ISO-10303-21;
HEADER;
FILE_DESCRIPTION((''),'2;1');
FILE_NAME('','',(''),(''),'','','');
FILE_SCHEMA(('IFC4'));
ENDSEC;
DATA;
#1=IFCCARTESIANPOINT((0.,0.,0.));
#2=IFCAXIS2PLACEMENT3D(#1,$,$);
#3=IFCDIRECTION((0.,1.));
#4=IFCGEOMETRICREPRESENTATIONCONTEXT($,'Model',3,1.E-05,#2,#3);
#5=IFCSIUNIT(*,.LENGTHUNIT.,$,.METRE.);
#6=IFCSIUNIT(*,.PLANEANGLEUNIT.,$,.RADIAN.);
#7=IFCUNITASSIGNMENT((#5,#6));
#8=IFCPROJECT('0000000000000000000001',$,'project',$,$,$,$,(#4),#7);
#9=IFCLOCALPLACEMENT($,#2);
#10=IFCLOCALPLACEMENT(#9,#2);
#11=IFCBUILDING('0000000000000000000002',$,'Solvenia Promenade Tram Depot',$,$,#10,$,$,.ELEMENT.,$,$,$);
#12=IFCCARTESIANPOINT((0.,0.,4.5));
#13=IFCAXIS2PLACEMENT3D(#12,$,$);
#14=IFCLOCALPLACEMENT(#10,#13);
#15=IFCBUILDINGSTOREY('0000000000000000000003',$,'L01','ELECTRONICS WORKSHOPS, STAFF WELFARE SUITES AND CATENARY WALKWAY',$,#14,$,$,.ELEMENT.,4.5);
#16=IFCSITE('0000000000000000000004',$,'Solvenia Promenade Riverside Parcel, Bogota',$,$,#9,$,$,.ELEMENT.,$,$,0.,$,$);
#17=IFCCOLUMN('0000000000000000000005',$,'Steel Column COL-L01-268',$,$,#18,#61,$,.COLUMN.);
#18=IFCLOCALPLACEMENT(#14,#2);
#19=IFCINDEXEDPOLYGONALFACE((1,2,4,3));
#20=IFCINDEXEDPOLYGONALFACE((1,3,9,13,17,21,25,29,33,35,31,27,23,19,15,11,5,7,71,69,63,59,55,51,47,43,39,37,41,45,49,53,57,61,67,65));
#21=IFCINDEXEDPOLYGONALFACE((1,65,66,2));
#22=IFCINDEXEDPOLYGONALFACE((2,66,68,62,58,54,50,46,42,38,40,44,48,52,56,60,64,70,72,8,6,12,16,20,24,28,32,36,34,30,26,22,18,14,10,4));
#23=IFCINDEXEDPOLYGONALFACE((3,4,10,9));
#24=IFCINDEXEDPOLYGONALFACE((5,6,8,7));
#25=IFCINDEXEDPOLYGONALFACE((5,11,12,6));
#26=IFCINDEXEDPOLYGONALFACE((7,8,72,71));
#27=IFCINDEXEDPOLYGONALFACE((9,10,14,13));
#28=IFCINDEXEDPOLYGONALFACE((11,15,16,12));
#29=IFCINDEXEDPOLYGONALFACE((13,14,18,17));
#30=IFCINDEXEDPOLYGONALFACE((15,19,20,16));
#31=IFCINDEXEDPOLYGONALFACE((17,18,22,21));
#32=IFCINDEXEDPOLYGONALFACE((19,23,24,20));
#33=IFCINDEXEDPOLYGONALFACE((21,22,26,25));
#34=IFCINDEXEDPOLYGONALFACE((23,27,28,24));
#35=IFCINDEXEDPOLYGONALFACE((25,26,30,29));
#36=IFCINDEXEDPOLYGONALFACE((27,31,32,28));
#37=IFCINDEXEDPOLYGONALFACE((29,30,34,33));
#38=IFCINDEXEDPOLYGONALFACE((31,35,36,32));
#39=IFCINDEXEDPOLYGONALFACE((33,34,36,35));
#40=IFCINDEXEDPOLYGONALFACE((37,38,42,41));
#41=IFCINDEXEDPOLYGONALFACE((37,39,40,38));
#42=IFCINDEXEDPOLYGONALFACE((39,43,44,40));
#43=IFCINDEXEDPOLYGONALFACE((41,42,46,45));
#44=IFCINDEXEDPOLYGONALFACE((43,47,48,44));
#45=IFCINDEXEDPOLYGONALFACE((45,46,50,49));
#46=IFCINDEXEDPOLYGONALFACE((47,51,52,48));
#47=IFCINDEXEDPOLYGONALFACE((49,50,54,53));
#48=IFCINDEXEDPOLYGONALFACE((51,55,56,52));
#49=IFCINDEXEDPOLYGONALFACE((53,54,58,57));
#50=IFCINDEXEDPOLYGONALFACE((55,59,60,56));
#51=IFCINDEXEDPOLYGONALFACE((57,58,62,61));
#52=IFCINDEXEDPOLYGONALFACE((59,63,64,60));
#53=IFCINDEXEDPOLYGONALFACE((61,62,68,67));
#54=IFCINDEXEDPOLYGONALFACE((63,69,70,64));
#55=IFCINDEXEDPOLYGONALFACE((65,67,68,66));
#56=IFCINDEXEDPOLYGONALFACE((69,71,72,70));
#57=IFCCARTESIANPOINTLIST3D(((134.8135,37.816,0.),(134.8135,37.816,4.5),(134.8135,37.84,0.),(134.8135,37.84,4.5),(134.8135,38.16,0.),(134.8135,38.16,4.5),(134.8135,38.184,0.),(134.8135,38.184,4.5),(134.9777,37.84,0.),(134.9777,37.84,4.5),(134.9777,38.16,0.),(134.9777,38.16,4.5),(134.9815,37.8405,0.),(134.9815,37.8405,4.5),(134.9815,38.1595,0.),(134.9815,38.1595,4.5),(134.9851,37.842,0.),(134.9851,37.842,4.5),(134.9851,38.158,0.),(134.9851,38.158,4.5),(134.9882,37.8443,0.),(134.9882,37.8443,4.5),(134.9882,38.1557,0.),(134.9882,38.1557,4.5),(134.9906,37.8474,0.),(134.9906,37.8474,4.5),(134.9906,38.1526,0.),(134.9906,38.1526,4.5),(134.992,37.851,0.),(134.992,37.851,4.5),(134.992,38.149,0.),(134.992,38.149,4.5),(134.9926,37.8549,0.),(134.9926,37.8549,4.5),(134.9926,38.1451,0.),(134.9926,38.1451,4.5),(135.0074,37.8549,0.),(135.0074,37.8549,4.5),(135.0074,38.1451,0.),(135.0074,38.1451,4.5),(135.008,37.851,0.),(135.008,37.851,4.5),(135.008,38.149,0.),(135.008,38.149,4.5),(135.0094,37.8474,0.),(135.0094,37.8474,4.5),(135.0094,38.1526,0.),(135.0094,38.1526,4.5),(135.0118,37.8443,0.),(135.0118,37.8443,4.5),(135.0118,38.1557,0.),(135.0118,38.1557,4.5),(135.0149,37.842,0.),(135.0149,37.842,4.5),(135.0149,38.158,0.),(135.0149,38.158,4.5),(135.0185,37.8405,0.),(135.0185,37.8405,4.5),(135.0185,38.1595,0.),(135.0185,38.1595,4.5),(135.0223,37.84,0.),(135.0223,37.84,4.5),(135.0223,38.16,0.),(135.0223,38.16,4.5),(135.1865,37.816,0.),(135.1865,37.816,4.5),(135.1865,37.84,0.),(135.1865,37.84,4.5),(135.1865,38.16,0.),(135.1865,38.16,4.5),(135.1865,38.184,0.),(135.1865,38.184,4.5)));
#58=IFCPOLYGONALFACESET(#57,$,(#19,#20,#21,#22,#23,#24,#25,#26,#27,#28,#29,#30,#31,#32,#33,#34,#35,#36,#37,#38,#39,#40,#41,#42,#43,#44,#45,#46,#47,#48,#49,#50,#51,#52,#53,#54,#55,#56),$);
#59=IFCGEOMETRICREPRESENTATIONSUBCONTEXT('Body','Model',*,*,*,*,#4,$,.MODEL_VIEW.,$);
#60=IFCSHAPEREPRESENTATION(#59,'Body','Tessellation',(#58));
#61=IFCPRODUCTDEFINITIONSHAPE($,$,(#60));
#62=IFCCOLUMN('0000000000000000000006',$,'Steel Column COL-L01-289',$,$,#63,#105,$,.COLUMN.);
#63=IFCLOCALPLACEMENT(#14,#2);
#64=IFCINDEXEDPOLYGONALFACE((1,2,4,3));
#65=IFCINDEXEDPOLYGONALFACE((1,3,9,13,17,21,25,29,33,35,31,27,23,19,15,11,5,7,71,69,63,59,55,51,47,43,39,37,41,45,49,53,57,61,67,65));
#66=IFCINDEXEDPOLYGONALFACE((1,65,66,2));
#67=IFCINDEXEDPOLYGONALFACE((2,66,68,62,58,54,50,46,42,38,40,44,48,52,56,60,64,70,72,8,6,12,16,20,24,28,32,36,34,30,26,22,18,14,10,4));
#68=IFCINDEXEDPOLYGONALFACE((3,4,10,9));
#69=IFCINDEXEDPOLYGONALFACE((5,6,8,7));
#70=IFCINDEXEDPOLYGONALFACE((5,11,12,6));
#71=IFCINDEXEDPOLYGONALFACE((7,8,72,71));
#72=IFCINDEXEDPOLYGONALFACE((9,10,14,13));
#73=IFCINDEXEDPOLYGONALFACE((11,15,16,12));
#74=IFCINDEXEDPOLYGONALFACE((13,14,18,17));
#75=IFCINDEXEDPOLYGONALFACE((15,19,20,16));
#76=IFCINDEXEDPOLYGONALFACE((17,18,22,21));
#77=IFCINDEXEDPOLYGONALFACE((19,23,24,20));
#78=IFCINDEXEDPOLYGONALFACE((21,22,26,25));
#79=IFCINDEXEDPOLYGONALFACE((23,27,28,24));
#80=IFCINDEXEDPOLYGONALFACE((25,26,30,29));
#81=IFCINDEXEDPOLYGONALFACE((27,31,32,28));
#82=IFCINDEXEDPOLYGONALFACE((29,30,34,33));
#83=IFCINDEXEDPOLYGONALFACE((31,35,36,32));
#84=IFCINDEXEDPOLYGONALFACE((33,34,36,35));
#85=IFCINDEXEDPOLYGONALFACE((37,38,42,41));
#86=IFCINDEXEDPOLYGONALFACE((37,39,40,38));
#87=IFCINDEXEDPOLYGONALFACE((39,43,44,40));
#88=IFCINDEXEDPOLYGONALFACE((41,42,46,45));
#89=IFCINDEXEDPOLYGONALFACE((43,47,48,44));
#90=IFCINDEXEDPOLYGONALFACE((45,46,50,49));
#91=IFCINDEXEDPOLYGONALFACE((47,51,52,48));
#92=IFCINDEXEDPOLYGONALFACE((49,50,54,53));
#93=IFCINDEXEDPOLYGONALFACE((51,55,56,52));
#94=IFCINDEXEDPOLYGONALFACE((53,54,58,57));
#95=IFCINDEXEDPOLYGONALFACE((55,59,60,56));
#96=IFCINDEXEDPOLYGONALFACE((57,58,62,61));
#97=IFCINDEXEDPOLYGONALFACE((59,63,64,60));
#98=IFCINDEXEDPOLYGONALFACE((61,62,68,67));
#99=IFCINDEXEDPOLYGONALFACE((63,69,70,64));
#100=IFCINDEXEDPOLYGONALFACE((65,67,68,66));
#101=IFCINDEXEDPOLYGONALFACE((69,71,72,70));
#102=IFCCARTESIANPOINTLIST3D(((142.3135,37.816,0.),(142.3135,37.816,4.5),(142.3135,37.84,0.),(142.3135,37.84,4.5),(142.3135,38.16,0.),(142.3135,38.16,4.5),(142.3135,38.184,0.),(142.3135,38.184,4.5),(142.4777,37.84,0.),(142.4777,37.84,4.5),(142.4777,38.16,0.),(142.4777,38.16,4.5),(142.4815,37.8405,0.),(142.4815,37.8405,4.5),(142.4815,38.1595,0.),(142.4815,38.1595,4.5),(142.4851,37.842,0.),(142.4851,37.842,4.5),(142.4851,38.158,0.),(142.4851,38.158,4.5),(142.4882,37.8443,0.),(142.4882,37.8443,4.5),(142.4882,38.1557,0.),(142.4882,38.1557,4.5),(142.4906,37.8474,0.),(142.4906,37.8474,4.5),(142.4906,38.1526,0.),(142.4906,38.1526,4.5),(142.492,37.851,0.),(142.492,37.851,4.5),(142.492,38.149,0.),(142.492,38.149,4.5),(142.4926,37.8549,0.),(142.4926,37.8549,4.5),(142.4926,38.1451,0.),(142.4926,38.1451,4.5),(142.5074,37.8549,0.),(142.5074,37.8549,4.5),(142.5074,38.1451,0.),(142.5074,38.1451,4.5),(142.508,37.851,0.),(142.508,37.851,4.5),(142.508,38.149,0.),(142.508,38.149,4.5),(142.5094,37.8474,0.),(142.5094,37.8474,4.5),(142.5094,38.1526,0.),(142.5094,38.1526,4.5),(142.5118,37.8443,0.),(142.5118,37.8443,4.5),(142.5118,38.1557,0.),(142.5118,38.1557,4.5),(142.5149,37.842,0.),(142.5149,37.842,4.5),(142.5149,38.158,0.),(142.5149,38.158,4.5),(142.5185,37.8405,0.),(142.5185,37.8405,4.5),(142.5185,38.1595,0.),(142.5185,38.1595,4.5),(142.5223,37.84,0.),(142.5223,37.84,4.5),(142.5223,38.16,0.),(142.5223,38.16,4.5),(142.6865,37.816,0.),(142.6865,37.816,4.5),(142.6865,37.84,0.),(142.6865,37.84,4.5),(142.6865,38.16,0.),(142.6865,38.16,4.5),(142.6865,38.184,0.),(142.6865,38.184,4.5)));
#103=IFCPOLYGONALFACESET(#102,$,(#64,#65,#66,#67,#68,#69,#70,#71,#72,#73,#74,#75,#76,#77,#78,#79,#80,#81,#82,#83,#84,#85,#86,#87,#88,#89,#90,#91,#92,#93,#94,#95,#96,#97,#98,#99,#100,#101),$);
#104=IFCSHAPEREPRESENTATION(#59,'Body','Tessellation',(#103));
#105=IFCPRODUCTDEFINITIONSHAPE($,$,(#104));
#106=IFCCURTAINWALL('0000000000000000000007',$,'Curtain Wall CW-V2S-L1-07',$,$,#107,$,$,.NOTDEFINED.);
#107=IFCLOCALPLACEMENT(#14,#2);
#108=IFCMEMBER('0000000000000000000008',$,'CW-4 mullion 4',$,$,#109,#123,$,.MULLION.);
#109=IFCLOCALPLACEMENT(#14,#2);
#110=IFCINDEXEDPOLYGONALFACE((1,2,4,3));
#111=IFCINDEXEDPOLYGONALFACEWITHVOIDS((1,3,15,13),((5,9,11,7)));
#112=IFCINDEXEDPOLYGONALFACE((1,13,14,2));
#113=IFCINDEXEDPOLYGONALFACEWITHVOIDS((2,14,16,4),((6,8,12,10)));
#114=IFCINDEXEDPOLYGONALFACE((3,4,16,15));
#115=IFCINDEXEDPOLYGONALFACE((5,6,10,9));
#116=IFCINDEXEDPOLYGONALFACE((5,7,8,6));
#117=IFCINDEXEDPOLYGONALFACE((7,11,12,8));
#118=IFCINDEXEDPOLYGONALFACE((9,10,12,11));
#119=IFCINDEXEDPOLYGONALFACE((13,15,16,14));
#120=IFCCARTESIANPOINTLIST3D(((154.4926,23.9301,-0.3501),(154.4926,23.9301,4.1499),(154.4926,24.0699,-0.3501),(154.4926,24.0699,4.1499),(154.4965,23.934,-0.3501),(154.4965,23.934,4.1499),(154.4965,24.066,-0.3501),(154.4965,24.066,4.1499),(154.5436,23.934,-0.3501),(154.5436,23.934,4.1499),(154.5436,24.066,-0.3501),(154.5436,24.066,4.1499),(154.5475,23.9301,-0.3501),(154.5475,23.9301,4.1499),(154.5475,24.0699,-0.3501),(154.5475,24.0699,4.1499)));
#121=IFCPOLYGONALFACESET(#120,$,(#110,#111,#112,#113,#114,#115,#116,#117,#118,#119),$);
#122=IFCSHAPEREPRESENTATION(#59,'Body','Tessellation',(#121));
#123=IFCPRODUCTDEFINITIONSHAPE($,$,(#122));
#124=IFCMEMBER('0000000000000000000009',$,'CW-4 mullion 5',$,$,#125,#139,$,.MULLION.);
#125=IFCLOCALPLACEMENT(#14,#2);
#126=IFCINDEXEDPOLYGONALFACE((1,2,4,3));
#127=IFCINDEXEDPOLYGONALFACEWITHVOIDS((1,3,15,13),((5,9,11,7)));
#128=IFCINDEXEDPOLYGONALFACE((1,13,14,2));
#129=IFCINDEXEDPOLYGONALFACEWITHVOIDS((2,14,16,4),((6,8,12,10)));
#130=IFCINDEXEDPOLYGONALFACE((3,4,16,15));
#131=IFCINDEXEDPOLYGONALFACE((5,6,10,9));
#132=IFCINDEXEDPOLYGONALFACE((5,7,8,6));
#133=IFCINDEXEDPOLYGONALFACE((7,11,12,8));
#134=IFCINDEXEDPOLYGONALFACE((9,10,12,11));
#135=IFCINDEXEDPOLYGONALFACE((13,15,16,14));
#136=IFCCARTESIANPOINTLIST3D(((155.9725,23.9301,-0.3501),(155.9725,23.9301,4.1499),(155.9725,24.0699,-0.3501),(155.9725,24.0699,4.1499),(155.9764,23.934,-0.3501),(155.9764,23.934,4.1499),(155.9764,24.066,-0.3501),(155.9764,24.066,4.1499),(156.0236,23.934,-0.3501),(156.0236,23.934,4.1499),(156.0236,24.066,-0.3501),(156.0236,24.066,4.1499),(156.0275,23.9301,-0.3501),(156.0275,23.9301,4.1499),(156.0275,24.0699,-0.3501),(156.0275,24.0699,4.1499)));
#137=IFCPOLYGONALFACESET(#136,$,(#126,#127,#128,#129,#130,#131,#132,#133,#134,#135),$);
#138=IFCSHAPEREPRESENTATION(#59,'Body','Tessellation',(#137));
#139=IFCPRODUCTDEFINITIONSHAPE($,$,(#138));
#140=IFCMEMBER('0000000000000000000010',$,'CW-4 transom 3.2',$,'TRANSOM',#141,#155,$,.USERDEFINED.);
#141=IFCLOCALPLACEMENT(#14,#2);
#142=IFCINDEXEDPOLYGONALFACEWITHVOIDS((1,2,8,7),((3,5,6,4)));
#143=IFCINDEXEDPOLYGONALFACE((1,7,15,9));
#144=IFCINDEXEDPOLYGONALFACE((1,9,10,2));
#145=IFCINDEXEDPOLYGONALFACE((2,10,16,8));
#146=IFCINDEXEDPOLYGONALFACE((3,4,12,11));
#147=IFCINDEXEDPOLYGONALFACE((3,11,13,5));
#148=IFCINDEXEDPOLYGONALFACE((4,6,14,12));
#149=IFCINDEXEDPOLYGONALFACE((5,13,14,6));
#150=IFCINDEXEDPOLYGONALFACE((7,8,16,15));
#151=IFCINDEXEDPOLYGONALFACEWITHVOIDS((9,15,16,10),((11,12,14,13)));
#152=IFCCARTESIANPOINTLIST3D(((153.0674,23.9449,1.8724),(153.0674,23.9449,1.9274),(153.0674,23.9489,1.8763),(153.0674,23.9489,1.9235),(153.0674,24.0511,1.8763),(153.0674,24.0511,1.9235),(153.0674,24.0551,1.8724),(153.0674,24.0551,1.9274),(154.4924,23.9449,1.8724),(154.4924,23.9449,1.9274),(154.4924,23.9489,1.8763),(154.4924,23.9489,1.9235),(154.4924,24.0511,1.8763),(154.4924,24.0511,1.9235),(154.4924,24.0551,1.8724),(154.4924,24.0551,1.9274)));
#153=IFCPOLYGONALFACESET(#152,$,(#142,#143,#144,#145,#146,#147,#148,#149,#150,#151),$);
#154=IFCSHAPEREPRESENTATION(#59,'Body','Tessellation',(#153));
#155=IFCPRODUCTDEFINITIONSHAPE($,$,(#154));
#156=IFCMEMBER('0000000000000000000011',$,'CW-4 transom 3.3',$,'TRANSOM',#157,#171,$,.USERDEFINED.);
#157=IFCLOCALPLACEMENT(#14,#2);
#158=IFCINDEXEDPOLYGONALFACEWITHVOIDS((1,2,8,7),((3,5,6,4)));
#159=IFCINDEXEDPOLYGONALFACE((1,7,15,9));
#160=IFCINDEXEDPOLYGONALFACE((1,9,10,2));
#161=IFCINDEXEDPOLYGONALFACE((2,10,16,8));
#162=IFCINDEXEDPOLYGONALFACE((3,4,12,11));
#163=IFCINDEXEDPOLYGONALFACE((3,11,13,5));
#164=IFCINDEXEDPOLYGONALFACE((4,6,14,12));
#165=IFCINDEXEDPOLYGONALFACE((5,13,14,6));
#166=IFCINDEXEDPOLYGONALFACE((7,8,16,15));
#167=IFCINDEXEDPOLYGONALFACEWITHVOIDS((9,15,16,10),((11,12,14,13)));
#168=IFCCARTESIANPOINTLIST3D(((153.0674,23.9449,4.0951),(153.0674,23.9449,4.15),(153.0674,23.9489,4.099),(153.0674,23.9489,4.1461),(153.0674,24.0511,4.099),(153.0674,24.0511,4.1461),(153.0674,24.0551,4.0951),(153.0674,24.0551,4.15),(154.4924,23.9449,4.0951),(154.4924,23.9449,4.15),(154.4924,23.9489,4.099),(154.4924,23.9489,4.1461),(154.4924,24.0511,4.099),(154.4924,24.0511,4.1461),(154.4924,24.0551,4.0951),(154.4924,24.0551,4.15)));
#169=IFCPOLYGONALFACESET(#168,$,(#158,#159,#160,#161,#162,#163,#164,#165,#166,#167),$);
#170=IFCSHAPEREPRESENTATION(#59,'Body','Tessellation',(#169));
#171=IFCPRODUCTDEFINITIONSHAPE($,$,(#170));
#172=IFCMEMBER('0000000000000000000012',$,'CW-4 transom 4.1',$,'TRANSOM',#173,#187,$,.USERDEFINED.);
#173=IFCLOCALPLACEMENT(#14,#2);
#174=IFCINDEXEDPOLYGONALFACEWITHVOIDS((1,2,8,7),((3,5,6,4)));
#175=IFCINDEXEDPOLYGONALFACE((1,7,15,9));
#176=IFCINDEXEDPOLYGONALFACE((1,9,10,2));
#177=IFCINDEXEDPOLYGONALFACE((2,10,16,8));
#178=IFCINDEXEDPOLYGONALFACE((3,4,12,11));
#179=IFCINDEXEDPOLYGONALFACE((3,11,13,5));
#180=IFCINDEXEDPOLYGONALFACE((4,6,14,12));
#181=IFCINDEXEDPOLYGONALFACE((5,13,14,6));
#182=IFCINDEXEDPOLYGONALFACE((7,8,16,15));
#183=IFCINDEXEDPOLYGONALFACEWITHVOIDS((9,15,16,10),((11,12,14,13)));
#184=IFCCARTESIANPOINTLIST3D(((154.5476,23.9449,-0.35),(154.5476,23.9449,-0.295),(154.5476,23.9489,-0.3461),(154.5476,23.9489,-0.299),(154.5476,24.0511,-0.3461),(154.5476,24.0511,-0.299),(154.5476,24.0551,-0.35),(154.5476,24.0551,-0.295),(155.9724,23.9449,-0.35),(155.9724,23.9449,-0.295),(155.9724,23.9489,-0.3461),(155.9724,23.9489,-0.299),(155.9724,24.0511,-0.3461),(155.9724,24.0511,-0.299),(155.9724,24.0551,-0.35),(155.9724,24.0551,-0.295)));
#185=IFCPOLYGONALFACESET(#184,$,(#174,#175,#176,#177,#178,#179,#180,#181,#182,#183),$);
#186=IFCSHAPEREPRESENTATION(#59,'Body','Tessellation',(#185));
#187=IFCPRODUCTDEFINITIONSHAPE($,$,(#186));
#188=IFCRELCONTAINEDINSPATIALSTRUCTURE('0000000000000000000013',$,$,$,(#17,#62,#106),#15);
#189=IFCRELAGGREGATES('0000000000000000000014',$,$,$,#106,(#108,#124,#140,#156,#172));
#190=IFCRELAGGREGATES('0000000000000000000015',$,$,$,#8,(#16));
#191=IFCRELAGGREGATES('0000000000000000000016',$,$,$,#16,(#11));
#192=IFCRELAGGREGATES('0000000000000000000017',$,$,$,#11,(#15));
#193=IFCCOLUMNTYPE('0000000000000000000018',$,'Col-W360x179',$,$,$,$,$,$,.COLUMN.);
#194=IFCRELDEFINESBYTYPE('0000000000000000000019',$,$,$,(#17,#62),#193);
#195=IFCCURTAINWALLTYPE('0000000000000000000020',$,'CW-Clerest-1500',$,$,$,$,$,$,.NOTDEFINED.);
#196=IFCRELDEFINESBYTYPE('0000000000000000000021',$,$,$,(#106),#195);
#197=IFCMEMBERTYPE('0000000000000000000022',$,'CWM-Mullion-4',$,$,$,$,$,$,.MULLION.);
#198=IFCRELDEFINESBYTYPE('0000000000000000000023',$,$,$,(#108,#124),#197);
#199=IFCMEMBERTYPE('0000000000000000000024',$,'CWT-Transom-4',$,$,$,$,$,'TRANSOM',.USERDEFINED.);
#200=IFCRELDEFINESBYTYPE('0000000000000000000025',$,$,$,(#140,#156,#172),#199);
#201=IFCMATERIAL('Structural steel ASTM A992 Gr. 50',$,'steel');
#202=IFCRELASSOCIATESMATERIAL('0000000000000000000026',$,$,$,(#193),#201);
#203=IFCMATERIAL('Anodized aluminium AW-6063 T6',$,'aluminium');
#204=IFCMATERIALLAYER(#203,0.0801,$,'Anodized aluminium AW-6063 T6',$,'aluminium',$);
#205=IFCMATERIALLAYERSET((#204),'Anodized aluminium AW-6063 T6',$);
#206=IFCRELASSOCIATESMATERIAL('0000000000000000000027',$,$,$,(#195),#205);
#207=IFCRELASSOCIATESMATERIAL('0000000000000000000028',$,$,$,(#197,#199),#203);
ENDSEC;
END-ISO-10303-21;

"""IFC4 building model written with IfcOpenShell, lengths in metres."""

from ifc_helpers import new_model, si_unit, direction, frame, origin, origin_2d, place, context, subcontext, project, spatial, hollow_rectangle, i_section, extrude, material, layer, layer_set, material_profile, profile_set, type_object, element, aggregate, save


model = new_model("IFC4")

# Units and contexts
model_context = context("Model", 3, precision=1e-05, world=origin(), true_north=direction((0.0, 1.0)))
body_context = subcontext(model_context, "Body", "Model", "MODEL_VIEW")
ifc_project = project(units=[si_unit("LENGTHUNIT", "METRE"), si_unit("PLANEANGLEUNIT", "RADIAN")], contexts=[model_context])

# Site, building, storey
site_placement = place(None, origin())
site = spatial("IfcSite", under=ifc_project, at=site_placement, Name="Solvenia Promenade Riverside Parcel, Bogota", CompositionType="ELEMENT", RefElevation=0.0)
building_placement = place(site_placement, origin())
building = spatial("IfcBuilding", under=site, at=building_placement, Name="Solvenia Promenade Tram Depot", CompositionType="ELEMENT")
storey_placement = place(building_placement, frame((0.0, 0.0, 4.5)))
storey = spatial("IfcBuildingStorey", under=building, at=storey_placement, Name="L01", Description="ELECTRONICS WORKSHOPS, STAFF WELFARE SUITES AND CATENARY WALKWAY", CompositionType="ELEMENT", Elevation=4.5)

# Columns
ifc_material_1 = material(Name="Structural steel ASTM A992 Gr. 50", Category="steel")
ifc_material_profile_1 = material_profile(ifc_material_1, i_section(OverallWidth=0.373, OverallDepth=0.3679, WebThickness=0.0149, FlangeThickness=0.0239, FilletRadius=0.0149, at=origin_2d()), Name="W360x179", Category="steel")
ifc_profile_set_1 = profile_set([ifc_material_profile_1], Name="Structural steel ASTM A992 Gr. 50")
column_type = type_object("IfcColumnType", Name="Col-W360x179", PredefinedType="COLUMN", material=ifc_profile_set_1)
for number, where, z_axis, x_axis, name in (
    (1, (135.0, 38.0, 0.0), (0.0, 0.0, 1.0), (1.0, 0.0, 0.0), "Steel Column COL-L01-268"),
    (2, (142.5, 38.0, 0.0), (0.0, 0.0, 1.0), (1.0, 0.0, 0.0), "Steel Column COL-L01-289"),
):
    element("IfcColumn", number, at=place(storey_placement, frame(where, z_axis=z_axis, x_axis=x_axis)), inside=storey, type_object=column_type, Name=name, PredefinedType="COLUMN", context=body_context, shape_type="SweptSolid", body=[
        extrude(i_section(OverallWidth=0.373, OverallDepth=0.3679, WebThickness=0.0149, FlangeThickness=0.0239, FilletRadius=0.0149, at=origin_2d()), origin(), (0.0, 0.0, 1.0), 4.5),
    ])

# Curtain wall, members
ifc_material_2 = material(Name="Anodized aluminium AW-6063 T6", Category="aluminium")
ifc_layer_1 = layer(ifc_material_2, 0.0801, Name="Anodized aluminium AW-6063 T6", Category="aluminium")
ifc_layer_set_1 = layer_set([ifc_layer_1], Name="Anodized aluminium AW-6063 T6")
curtain_wall_type = type_object("IfcCurtainWallType", Name="CW-Clerest-1500", PredefinedType="NOTDEFINED", material=ifc_layer_set_1)
curtain_wall_placement = place(storey_placement, origin())
curtain_wall = element("IfcCurtainWall", 3, at=curtain_wall_placement, inside=storey, type_object=curtain_wall_type, Name="Curtain Wall CW-V2S-L1-07", PredefinedType="NOTDEFINED")
ifc_material_profile_2 = material_profile(ifc_material_2, hollow_rectangle(XDim=0.1399, YDim=0.0549, WallThickness=0.0039, at=origin_2d()), Name="ALU-M4", Category="aluminium")
ifc_profile_set_2 = profile_set([ifc_material_profile_2], Name="Anodized aluminium AW-6063 T6")
member_type_1 = type_object("IfcMemberType", Name="CWM-Mullion-4", PredefinedType="MULLION", material=ifc_profile_set_2)
member_1_placement = place(storey_placement, frame((154.52, 24.0, -0.3501), z_axis=(0.0, 0.0, 1.0), x_axis=(0.0, 1.0, 0.0)))
member_1 = element("IfcMember", 4, at=member_1_placement, type_object=member_type_1, Name="CW-4 mullion 4", PredefinedType="MULLION", context=body_context, shape_type="SweptSolid", body=[
    extrude(hollow_rectangle(XDim=0.1399, YDim=0.0549, WallThickness=0.0039, at=origin_2d()), origin(), (0.0, 0.0, 1.0), 4.5),
])
member_2_placement = place(storey_placement, frame((156.0, 24.0, -0.3501), z_axis=(0.0, 0.0, 1.0), x_axis=(0.0, 1.0, 0.0)))
member_2 = element("IfcMember", 5, at=member_2_placement, type_object=member_type_1, Name="CW-4 mullion 5", PredefinedType="MULLION", context=body_context, shape_type="SweptSolid", body=[
    extrude(hollow_rectangle(XDim=0.1399, YDim=0.0549, WallThickness=0.0039, at=origin_2d()), origin(), (0.0, 0.0, 1.0), 4.5),
])
ifc_material_profile_3 = material_profile(ifc_material_2, hollow_rectangle(XDim=0.1101, YDim=0.0549, WallThickness=0.0039, at=origin_2d()), Name="ALU-T4", Category="aluminium")
ifc_profile_set_3 = profile_set([ifc_material_profile_3], Name="Anodized aluminium AW-6063 T6")
member_type_2 = type_object("IfcMemberType", Name="CWT-Transom-4", ElementType="TRANSOM", PredefinedType="USERDEFINED", material=ifc_profile_set_3)
member_3_placement = place(storey_placement, frame((153.0674, 24.0, 1.8999), z_axis=(1.0, 0.0, 0.0), x_axis=(0.0, 1.0, 0.0)))
member_3 = element("IfcMember", 6, at=member_3_placement, type_object=member_type_2, Name="CW-4 transom 3.2", ObjectType="TRANSOM", PredefinedType="USERDEFINED", context=body_context, shape_type="SweptSolid", body=[
    extrude(hollow_rectangle(XDim=0.1101, YDim=0.0549, WallThickness=0.0039, at=origin_2d()), origin(), (0.0, 0.0, 1.0), 1.425),
])
member_4_placement = place(storey_placement, frame((153.0674, 24.0, 4.1226), z_axis=(1.0, 0.0, 0.0), x_axis=(0.0, 1.0, 0.0)))
member_4 = element("IfcMember", 7, at=member_4_placement, type_object=member_type_2, Name="CW-4 transom 3.3", ObjectType="TRANSOM", PredefinedType="USERDEFINED", context=body_context, shape_type="SweptSolid", body=[
    extrude(hollow_rectangle(XDim=0.1101, YDim=0.0549, WallThickness=0.0039, at=origin_2d()), origin(), (0.0, 0.0, 1.0), 1.425),
])
member_5_placement = place(storey_placement, frame((154.5476, 24.0, -0.3225), z_axis=(1.0, 0.0, 0.0), x_axis=(0.0, 1.0, 0.0)))
member_5 = element("IfcMember", 8, at=member_5_placement, type_object=member_type_2, Name="CW-4 transom 4.1", ObjectType="TRANSOM", PredefinedType="USERDEFINED", context=body_context, shape_type="SweptSolid", body=[
    extrude(hollow_rectangle(XDim=0.1101, YDim=0.0549, WallThickness=0.0039, at=origin_2d()), origin(), (0.0, 0.0, 1.0), 1.4248),
])

aggregate(curtain_wall, [member_1, member_2, member_3, member_4, member_5])

save(model, "model.ifc")
